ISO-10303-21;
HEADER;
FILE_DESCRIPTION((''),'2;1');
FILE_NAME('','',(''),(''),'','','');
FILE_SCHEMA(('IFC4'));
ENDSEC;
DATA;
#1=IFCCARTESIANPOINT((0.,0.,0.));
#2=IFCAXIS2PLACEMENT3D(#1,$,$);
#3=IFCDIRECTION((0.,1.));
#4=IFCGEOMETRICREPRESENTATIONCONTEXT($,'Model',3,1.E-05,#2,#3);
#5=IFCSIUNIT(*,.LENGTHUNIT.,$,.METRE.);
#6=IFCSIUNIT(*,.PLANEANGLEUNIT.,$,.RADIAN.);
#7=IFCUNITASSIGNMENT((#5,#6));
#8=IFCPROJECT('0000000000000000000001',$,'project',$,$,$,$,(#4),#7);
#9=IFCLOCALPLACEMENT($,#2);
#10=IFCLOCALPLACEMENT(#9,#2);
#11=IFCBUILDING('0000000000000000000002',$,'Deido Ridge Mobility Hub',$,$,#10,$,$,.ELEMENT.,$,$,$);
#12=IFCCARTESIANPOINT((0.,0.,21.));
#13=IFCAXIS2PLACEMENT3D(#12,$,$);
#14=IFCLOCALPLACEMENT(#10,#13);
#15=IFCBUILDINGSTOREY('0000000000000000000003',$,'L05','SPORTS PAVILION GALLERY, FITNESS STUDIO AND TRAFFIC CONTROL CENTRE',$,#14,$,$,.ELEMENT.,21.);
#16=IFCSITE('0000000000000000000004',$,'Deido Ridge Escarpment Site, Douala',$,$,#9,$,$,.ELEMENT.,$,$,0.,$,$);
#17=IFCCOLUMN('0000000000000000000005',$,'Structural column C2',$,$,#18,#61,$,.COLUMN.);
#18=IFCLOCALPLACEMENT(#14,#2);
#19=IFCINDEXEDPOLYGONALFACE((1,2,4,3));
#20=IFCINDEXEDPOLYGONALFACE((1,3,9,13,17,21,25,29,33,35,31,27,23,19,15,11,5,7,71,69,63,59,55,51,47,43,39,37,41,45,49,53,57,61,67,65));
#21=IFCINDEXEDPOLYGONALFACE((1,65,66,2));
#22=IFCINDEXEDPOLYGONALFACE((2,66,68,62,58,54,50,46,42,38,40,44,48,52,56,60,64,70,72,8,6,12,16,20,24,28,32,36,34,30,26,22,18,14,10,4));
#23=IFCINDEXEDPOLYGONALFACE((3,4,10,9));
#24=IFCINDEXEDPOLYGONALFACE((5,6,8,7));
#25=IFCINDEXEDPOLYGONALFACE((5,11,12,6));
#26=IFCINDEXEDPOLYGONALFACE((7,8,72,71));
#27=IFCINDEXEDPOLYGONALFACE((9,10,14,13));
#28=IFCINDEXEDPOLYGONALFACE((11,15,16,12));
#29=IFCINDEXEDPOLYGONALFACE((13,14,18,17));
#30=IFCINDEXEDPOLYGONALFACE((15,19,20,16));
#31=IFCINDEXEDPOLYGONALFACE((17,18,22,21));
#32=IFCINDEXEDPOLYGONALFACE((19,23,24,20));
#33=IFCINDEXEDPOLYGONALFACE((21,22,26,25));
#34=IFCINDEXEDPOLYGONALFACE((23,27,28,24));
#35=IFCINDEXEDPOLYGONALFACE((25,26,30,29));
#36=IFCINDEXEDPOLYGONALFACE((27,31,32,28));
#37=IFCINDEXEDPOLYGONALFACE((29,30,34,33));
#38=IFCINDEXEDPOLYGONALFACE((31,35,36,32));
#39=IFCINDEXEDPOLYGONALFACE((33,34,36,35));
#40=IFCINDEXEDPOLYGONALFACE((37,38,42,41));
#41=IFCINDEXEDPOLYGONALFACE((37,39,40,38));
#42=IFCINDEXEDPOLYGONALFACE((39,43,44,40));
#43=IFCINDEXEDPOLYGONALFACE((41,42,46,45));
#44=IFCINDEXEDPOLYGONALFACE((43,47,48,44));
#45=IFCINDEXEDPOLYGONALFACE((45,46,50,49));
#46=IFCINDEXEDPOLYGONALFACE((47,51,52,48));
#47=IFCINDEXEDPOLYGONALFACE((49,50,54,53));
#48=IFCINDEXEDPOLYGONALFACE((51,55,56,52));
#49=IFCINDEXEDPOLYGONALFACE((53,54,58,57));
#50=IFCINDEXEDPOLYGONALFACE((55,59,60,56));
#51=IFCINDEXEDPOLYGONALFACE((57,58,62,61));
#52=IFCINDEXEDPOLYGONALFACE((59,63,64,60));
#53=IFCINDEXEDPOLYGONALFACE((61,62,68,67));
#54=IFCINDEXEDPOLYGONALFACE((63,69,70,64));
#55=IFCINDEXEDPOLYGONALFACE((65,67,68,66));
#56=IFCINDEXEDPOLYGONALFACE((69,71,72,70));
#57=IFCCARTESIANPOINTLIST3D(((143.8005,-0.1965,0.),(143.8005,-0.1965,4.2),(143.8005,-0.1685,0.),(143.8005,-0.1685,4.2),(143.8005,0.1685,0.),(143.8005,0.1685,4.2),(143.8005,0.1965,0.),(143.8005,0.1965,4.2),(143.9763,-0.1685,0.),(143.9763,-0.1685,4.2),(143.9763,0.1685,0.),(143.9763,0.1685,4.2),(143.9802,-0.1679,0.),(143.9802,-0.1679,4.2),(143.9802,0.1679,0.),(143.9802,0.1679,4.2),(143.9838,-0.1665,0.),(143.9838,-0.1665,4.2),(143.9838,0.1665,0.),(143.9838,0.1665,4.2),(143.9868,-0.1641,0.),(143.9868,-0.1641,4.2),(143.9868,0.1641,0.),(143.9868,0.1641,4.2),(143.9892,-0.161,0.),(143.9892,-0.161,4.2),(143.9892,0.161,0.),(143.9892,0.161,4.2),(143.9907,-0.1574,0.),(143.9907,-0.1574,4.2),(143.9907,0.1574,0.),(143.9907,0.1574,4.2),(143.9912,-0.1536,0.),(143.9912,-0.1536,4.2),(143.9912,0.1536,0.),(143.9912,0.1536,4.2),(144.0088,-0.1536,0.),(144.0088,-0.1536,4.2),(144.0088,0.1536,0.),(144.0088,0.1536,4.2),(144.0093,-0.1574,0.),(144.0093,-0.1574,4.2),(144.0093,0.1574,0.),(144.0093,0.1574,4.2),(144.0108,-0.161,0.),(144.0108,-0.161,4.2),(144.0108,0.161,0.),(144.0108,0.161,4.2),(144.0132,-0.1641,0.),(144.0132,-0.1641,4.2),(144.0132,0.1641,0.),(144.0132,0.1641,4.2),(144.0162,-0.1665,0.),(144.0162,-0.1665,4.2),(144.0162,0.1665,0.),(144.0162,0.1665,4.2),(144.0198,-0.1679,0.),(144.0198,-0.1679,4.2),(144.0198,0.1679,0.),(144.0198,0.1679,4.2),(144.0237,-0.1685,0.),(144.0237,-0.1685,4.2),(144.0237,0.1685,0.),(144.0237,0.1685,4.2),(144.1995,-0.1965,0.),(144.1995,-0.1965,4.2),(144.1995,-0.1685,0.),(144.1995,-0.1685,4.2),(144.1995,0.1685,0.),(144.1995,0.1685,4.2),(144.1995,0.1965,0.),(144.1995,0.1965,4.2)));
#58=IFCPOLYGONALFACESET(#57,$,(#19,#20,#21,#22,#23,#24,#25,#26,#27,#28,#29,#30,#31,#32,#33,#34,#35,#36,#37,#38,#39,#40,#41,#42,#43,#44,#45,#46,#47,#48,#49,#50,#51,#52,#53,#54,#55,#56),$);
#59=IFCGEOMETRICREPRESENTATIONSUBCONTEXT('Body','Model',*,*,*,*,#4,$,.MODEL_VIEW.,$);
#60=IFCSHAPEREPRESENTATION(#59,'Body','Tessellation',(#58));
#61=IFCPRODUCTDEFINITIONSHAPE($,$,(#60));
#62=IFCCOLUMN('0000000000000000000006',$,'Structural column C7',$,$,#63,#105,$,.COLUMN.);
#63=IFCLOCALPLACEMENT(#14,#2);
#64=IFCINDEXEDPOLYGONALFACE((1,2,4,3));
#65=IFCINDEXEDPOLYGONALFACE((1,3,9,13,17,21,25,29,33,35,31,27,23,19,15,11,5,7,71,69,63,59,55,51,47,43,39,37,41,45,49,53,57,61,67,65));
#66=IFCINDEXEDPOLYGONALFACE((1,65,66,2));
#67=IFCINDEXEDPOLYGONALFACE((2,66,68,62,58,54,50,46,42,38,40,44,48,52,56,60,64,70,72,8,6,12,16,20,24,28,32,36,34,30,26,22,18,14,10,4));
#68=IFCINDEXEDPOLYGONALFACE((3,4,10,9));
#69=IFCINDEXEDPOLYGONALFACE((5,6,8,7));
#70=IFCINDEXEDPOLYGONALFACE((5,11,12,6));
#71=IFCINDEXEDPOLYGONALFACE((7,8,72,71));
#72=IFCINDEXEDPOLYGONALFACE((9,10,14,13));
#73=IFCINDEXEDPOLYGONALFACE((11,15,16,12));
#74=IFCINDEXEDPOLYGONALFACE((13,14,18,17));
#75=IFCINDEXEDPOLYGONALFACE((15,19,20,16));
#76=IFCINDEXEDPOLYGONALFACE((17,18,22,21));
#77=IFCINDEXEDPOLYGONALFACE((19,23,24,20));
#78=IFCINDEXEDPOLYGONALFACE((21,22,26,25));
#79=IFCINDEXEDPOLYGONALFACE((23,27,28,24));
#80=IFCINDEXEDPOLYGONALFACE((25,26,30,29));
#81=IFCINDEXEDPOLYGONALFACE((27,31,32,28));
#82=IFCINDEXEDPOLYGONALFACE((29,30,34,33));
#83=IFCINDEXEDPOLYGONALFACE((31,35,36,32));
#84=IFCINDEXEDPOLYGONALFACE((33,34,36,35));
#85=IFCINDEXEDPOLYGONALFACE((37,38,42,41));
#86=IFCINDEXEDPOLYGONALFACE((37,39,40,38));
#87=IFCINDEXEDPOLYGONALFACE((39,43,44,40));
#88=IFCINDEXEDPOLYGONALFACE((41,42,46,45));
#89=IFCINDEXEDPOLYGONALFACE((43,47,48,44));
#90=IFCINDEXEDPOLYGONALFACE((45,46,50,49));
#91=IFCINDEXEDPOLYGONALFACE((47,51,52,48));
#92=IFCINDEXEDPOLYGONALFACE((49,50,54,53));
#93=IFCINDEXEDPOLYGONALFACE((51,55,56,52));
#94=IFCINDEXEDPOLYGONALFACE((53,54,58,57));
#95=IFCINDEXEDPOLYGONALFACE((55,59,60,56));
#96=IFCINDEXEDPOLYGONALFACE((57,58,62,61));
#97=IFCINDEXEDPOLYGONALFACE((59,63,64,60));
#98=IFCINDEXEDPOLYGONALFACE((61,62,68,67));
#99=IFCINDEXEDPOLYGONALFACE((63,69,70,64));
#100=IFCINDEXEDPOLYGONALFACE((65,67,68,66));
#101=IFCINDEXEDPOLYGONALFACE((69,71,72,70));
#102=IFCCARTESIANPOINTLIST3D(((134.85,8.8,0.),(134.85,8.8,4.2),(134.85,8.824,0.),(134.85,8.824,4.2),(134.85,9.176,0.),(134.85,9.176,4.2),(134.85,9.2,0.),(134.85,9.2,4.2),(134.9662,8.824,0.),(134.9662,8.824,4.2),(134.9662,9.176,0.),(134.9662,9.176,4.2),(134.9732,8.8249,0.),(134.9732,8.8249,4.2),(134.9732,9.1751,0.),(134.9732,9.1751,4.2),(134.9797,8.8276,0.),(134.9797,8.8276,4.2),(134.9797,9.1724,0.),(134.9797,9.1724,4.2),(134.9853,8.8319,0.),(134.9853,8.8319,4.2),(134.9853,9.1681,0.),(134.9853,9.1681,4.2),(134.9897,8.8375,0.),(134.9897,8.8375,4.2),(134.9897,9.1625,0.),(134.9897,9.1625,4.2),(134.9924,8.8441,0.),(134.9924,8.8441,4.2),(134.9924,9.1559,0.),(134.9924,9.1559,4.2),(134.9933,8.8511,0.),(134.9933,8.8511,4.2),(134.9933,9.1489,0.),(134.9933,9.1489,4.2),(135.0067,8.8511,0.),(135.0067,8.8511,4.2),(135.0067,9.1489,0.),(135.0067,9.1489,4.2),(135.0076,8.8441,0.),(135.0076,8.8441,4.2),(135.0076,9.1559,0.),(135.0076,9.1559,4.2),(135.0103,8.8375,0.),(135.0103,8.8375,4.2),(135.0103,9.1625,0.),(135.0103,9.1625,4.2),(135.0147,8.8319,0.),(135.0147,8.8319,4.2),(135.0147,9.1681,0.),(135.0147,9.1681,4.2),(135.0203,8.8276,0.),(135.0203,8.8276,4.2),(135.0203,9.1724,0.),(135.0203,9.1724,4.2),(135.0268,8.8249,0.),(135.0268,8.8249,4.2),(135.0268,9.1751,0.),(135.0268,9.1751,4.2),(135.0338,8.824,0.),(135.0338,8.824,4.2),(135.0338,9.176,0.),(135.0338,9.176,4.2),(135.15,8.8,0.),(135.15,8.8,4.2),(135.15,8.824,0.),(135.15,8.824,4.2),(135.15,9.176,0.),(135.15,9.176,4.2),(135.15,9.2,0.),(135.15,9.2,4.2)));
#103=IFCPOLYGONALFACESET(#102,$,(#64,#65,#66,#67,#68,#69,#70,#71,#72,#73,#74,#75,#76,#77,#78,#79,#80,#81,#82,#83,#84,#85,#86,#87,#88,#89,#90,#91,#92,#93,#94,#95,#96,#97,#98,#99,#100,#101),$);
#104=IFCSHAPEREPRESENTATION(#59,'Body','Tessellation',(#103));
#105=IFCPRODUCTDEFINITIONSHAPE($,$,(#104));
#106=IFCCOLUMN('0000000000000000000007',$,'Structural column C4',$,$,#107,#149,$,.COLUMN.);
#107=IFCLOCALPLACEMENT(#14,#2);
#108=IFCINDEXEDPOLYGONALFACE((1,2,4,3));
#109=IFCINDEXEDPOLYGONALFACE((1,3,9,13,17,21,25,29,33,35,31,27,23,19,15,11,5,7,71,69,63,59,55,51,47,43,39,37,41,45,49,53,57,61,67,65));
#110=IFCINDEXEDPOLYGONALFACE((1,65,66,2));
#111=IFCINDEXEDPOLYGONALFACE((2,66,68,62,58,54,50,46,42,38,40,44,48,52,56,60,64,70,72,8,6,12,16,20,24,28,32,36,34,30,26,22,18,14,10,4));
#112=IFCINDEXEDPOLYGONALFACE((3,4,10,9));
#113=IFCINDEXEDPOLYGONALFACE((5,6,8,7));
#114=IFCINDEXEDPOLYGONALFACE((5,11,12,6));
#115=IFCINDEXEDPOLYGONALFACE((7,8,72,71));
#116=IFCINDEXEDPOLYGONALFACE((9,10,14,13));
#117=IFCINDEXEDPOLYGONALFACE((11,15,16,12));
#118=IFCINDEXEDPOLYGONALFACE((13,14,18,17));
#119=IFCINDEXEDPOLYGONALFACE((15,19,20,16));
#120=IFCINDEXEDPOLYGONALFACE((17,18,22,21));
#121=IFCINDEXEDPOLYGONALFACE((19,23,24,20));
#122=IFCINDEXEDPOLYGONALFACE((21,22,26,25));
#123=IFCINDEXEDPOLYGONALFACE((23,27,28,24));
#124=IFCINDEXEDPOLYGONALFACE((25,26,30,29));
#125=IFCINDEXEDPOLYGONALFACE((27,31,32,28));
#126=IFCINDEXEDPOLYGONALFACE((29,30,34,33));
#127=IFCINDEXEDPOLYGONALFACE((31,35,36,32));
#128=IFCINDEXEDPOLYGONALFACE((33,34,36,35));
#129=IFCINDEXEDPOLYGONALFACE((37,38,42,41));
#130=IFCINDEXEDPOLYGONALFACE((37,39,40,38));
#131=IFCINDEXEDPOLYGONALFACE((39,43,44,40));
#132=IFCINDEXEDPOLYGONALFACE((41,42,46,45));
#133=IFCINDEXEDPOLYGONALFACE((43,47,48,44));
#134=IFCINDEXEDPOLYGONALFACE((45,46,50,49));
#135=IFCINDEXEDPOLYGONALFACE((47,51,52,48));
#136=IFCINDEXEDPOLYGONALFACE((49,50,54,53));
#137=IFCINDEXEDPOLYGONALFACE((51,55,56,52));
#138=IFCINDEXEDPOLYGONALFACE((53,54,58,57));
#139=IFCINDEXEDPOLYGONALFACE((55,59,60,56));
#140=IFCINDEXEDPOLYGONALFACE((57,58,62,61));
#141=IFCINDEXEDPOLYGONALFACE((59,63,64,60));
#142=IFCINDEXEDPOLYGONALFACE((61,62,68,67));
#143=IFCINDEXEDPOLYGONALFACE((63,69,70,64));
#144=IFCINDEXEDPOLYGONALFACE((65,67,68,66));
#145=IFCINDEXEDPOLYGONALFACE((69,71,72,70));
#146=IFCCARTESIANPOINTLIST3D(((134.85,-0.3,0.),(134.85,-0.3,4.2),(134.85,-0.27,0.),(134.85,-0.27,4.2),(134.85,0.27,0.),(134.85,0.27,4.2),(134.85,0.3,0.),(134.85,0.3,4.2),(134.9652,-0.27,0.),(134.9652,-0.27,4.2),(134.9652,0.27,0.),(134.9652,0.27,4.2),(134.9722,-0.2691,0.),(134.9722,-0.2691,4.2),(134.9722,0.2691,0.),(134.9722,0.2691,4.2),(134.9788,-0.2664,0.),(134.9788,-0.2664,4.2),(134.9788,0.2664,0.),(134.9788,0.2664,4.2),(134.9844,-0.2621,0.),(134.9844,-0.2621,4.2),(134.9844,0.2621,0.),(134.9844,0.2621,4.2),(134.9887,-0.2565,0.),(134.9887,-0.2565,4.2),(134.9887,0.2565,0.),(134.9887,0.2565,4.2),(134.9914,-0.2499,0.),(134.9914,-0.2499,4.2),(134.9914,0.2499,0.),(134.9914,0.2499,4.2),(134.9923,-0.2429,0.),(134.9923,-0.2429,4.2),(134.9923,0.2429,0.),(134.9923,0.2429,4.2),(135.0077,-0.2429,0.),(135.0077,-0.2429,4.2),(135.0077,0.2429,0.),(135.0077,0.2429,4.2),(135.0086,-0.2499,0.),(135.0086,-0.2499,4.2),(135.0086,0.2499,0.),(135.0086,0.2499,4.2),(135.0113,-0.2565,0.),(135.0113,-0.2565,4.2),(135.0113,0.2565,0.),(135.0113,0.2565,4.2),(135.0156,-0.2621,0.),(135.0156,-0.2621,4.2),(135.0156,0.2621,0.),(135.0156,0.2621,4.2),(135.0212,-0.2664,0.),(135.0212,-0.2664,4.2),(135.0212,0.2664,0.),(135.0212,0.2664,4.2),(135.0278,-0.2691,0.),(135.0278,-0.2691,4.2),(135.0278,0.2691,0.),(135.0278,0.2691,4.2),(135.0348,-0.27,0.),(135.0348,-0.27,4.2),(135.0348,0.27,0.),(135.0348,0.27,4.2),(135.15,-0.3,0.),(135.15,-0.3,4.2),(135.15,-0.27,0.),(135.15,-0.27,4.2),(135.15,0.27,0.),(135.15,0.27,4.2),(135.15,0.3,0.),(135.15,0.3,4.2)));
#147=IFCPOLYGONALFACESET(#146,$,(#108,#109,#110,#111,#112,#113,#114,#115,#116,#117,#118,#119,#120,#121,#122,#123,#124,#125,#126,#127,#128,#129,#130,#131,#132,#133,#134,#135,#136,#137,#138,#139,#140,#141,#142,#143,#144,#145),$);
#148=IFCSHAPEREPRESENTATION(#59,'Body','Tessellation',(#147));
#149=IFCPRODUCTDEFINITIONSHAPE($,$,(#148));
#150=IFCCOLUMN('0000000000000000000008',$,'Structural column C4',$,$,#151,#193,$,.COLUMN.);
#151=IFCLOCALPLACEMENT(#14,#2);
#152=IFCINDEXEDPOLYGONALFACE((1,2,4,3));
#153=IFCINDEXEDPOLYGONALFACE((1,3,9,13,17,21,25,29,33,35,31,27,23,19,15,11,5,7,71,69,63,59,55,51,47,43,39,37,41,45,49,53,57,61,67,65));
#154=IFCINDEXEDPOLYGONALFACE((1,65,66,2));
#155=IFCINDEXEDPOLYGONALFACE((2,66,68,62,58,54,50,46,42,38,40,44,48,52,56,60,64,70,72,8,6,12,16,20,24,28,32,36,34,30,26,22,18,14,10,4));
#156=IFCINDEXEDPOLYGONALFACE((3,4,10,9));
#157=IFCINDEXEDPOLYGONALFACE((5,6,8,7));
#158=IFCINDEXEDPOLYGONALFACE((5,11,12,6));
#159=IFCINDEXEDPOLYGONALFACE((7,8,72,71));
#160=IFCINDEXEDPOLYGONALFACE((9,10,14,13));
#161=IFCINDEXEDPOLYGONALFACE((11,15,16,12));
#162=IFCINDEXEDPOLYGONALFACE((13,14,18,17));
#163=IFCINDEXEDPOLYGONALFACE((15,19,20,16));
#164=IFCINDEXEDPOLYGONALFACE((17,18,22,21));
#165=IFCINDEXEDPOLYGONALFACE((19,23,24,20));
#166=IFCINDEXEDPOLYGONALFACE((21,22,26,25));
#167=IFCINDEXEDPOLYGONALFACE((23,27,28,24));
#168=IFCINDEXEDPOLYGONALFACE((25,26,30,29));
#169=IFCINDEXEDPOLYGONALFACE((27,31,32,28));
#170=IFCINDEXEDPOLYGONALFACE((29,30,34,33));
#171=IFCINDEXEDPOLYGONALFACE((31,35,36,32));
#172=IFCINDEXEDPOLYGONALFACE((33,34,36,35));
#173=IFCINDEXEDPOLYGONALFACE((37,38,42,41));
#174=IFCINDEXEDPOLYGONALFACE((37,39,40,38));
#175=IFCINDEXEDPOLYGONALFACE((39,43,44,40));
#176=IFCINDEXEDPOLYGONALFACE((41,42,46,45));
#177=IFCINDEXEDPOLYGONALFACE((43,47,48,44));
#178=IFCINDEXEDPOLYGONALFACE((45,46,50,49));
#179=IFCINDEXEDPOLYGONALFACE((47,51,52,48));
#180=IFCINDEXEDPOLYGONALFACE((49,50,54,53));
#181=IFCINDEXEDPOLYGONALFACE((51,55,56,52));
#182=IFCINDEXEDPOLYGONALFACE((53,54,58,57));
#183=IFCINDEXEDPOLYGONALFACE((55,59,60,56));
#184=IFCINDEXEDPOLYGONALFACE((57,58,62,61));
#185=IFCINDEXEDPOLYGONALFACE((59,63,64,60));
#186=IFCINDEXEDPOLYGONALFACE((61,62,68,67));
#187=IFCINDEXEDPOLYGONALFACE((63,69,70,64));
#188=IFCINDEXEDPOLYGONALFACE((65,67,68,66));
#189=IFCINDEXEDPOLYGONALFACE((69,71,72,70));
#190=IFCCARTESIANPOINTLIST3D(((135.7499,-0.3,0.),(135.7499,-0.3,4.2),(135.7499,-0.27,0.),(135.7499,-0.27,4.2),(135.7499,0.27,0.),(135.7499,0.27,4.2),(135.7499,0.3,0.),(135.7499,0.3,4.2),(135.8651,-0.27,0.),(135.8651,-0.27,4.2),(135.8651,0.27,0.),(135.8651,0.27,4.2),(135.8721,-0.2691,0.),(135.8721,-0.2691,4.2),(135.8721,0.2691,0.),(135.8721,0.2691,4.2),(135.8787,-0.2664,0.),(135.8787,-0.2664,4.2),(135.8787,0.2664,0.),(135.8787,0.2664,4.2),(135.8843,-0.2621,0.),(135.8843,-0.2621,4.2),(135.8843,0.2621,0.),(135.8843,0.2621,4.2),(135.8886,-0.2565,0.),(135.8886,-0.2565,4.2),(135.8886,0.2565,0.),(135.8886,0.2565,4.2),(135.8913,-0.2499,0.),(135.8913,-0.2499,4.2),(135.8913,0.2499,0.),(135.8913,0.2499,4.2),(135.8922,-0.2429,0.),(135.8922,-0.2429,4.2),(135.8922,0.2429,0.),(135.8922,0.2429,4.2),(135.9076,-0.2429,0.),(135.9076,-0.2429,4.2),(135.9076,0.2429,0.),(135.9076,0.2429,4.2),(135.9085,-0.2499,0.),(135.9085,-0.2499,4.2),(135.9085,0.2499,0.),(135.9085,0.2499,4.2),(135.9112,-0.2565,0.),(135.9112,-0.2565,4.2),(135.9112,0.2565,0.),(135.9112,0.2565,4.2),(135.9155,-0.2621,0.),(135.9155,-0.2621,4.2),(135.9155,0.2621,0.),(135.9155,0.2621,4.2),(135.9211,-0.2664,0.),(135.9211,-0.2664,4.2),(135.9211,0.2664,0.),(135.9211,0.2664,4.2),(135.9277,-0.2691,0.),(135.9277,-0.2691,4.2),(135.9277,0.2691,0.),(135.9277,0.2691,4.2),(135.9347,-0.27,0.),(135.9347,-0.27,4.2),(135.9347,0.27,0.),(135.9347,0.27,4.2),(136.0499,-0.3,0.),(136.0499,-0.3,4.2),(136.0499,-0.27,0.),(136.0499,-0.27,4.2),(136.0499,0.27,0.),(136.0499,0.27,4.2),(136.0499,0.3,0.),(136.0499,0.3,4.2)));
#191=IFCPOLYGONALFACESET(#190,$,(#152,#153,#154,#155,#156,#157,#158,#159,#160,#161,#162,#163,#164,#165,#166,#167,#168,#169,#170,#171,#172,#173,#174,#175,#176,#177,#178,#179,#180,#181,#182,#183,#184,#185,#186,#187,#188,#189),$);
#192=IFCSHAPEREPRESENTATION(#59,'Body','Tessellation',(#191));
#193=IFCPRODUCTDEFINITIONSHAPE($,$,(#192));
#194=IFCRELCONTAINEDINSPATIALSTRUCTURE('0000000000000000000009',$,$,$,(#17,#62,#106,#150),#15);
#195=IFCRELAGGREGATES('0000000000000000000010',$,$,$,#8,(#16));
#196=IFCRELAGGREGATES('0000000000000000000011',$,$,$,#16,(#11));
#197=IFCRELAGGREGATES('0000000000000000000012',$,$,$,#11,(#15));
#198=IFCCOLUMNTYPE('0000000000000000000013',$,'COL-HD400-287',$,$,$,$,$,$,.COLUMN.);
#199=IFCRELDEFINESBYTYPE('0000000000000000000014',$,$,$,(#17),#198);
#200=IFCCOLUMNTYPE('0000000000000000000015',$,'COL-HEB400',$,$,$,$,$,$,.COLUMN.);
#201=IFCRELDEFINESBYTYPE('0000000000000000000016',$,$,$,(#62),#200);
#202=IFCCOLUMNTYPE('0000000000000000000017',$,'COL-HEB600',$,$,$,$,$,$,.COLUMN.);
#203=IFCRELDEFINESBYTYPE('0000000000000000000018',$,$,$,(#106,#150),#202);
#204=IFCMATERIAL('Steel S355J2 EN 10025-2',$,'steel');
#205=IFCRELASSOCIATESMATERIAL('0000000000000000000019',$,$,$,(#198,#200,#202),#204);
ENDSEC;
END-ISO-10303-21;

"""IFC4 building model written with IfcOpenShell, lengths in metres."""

from ifc_helpers import new_model, si_unit, direction, frame, origin, origin_2d, place, context, subcontext, project, spatial, i_section, extrude, material, material_profile, profile_set, type_object, element, save


model = new_model("IFC4")

# Units and contexts
model_context = context("Model", 3, precision=1e-05, world=origin(), true_north=direction((0.0, 1.0)))
body_context = subcontext(model_context, "Body", "Model", "MODEL_VIEW")
ifc_project = project(units=[si_unit("LENGTHUNIT", "METRE"), si_unit("PLANEANGLEUNIT", "RADIAN")], contexts=[model_context])

# Site, building, storey
site_placement = place(None, origin())
site = spatial("IfcSite", under=ifc_project, at=site_placement, Name="Deido Ridge Escarpment Site, Douala", CompositionType="ELEMENT", RefElevation=0.0)
building_placement = place(site_placement, origin())
building = spatial("IfcBuilding", under=site, at=building_placement, Name="Deido Ridge Mobility Hub", CompositionType="ELEMENT")
storey_placement = place(building_placement, frame((0.0, 0.0, 21.0)))
storey = spatial("IfcBuildingStorey", under=building, at=storey_placement, Name="L05", Description="SPORTS PAVILION GALLERY, FITNESS STUDIO AND TRAFFIC CONTROL CENTRE", CompositionType="ELEMENT", Elevation=21.0)

# Columns
ifc_material_1 = material(Name="Steel S355J2 EN 10025-2", Category="steel")
ifc_material_profile_1 = material_profile(ifc_material_1, i_section(OverallWidth=0.3989, OverallDepth=0.3931, WebThickness=0.0176, FlangeThickness=0.0281, FilletRadius=0.0149, at=origin_2d()), Name="HD 400x287")
ifc_profile_set_1 = profile_set([ifc_material_profile_1], Name="Steel S355J2 EN 10025-2")
column_type_1 = type_object("IfcColumnType", Name="COL-HD400-287", PredefinedType="COLUMN", material=ifc_profile_set_1)
column_1_placement = place(storey_placement, frame((144.0, 0.0, 0.0), z_axis=(0.0, 0.0, 1.0), x_axis=(1.0, 0.0, 0.0)))
element("IfcColumn", 1, at=column_1_placement, inside=storey, type_object=column_type_1, Name="Structural column C2", PredefinedType="COLUMN", context=body_context, shape_type="SweptSolid", body=[
    extrude(i_section(OverallWidth=0.3989, OverallDepth=0.3931, WebThickness=0.0176, FlangeThickness=0.0281, FilletRadius=0.0149, at=origin_2d()), origin(), (0.0, 0.0, 1.0), 4.2),
])
ifc_material_profile_2 = material_profile(ifc_material_1, i_section(OverallWidth=0.3, OverallDepth=0.3999, WebThickness=0.0134, FlangeThickness=0.0239, FilletRadius=0.0271, at=origin_2d()), Name="HEB 400")
ifc_profile_set_2 = profile_set([ifc_material_profile_2], Name="Steel S355J2 EN 10025-2")
column_type_2 = type_object("IfcColumnType", Name="COL-HEB400", PredefinedType="COLUMN", material=ifc_profile_set_2)
column_2_placement = place(storey_placement, frame((135.0, 9.0, 0.0), z_axis=(0.0, 0.0, 1.0), x_axis=(1.0, 0.0, 0.0)))
element("IfcColumn", 2, at=column_2_placement, inside=storey, type_object=column_type_2, Name="Structural column C7", PredefinedType="COLUMN", context=body_context, shape_type="SweptSolid", body=[
    extrude(i_section(OverallWidth=0.3, OverallDepth=0.3999, WebThickness=0.0134, FlangeThickness=0.0239, FilletRadius=0.0271, at=origin_2d()), origin(), (0.0, 0.0, 1.0), 4.2),
])
ifc_material_profile_3 = material_profile(ifc_material_1, i_section(OverallWidth=0.3, OverallDepth=0.6001, WebThickness=0.0154, FlangeThickness=0.03, FilletRadius=0.0271, at=origin_2d()), Name="HEB 600")
ifc_profile_set_3 = profile_set([ifc_material_profile_3], Name="Steel S355J2 EN 10025-2")
column_type_3 = type_object("IfcColumnType", Name="COL-HEB600", PredefinedType="COLUMN", material=ifc_profile_set_3)
for number, where, z_axis, x_axis, name in (
    (3, (135.0, 0.0, 0.0), (0.0, 0.0, 1.0), (1.0, 0.0, 0.0), "Structural column C4"),
    (4, (135.8999, 0.0, 0.0), (0.0, 0.0, 1.0), (1.0, 0.0, 0.0), "Structural column C4"),
):
    element("IfcColumn", number, at=place(storey_placement, frame(where, z_axis=z_axis, x_axis=x_axis)), inside=storey, type_object=column_type_3, Name=name, PredefinedType="COLUMN", context=body_context, shape_type="SweptSolid", body=[
        extrude(i_section(OverallWidth=0.3, OverallDepth=0.6001, WebThickness=0.0154, FlangeThickness=0.03, FilletRadius=0.0271, at=origin_2d()), origin(), (0.0, 0.0, 1.0), 4.2),
    ])

save(model, "model.ifc")
